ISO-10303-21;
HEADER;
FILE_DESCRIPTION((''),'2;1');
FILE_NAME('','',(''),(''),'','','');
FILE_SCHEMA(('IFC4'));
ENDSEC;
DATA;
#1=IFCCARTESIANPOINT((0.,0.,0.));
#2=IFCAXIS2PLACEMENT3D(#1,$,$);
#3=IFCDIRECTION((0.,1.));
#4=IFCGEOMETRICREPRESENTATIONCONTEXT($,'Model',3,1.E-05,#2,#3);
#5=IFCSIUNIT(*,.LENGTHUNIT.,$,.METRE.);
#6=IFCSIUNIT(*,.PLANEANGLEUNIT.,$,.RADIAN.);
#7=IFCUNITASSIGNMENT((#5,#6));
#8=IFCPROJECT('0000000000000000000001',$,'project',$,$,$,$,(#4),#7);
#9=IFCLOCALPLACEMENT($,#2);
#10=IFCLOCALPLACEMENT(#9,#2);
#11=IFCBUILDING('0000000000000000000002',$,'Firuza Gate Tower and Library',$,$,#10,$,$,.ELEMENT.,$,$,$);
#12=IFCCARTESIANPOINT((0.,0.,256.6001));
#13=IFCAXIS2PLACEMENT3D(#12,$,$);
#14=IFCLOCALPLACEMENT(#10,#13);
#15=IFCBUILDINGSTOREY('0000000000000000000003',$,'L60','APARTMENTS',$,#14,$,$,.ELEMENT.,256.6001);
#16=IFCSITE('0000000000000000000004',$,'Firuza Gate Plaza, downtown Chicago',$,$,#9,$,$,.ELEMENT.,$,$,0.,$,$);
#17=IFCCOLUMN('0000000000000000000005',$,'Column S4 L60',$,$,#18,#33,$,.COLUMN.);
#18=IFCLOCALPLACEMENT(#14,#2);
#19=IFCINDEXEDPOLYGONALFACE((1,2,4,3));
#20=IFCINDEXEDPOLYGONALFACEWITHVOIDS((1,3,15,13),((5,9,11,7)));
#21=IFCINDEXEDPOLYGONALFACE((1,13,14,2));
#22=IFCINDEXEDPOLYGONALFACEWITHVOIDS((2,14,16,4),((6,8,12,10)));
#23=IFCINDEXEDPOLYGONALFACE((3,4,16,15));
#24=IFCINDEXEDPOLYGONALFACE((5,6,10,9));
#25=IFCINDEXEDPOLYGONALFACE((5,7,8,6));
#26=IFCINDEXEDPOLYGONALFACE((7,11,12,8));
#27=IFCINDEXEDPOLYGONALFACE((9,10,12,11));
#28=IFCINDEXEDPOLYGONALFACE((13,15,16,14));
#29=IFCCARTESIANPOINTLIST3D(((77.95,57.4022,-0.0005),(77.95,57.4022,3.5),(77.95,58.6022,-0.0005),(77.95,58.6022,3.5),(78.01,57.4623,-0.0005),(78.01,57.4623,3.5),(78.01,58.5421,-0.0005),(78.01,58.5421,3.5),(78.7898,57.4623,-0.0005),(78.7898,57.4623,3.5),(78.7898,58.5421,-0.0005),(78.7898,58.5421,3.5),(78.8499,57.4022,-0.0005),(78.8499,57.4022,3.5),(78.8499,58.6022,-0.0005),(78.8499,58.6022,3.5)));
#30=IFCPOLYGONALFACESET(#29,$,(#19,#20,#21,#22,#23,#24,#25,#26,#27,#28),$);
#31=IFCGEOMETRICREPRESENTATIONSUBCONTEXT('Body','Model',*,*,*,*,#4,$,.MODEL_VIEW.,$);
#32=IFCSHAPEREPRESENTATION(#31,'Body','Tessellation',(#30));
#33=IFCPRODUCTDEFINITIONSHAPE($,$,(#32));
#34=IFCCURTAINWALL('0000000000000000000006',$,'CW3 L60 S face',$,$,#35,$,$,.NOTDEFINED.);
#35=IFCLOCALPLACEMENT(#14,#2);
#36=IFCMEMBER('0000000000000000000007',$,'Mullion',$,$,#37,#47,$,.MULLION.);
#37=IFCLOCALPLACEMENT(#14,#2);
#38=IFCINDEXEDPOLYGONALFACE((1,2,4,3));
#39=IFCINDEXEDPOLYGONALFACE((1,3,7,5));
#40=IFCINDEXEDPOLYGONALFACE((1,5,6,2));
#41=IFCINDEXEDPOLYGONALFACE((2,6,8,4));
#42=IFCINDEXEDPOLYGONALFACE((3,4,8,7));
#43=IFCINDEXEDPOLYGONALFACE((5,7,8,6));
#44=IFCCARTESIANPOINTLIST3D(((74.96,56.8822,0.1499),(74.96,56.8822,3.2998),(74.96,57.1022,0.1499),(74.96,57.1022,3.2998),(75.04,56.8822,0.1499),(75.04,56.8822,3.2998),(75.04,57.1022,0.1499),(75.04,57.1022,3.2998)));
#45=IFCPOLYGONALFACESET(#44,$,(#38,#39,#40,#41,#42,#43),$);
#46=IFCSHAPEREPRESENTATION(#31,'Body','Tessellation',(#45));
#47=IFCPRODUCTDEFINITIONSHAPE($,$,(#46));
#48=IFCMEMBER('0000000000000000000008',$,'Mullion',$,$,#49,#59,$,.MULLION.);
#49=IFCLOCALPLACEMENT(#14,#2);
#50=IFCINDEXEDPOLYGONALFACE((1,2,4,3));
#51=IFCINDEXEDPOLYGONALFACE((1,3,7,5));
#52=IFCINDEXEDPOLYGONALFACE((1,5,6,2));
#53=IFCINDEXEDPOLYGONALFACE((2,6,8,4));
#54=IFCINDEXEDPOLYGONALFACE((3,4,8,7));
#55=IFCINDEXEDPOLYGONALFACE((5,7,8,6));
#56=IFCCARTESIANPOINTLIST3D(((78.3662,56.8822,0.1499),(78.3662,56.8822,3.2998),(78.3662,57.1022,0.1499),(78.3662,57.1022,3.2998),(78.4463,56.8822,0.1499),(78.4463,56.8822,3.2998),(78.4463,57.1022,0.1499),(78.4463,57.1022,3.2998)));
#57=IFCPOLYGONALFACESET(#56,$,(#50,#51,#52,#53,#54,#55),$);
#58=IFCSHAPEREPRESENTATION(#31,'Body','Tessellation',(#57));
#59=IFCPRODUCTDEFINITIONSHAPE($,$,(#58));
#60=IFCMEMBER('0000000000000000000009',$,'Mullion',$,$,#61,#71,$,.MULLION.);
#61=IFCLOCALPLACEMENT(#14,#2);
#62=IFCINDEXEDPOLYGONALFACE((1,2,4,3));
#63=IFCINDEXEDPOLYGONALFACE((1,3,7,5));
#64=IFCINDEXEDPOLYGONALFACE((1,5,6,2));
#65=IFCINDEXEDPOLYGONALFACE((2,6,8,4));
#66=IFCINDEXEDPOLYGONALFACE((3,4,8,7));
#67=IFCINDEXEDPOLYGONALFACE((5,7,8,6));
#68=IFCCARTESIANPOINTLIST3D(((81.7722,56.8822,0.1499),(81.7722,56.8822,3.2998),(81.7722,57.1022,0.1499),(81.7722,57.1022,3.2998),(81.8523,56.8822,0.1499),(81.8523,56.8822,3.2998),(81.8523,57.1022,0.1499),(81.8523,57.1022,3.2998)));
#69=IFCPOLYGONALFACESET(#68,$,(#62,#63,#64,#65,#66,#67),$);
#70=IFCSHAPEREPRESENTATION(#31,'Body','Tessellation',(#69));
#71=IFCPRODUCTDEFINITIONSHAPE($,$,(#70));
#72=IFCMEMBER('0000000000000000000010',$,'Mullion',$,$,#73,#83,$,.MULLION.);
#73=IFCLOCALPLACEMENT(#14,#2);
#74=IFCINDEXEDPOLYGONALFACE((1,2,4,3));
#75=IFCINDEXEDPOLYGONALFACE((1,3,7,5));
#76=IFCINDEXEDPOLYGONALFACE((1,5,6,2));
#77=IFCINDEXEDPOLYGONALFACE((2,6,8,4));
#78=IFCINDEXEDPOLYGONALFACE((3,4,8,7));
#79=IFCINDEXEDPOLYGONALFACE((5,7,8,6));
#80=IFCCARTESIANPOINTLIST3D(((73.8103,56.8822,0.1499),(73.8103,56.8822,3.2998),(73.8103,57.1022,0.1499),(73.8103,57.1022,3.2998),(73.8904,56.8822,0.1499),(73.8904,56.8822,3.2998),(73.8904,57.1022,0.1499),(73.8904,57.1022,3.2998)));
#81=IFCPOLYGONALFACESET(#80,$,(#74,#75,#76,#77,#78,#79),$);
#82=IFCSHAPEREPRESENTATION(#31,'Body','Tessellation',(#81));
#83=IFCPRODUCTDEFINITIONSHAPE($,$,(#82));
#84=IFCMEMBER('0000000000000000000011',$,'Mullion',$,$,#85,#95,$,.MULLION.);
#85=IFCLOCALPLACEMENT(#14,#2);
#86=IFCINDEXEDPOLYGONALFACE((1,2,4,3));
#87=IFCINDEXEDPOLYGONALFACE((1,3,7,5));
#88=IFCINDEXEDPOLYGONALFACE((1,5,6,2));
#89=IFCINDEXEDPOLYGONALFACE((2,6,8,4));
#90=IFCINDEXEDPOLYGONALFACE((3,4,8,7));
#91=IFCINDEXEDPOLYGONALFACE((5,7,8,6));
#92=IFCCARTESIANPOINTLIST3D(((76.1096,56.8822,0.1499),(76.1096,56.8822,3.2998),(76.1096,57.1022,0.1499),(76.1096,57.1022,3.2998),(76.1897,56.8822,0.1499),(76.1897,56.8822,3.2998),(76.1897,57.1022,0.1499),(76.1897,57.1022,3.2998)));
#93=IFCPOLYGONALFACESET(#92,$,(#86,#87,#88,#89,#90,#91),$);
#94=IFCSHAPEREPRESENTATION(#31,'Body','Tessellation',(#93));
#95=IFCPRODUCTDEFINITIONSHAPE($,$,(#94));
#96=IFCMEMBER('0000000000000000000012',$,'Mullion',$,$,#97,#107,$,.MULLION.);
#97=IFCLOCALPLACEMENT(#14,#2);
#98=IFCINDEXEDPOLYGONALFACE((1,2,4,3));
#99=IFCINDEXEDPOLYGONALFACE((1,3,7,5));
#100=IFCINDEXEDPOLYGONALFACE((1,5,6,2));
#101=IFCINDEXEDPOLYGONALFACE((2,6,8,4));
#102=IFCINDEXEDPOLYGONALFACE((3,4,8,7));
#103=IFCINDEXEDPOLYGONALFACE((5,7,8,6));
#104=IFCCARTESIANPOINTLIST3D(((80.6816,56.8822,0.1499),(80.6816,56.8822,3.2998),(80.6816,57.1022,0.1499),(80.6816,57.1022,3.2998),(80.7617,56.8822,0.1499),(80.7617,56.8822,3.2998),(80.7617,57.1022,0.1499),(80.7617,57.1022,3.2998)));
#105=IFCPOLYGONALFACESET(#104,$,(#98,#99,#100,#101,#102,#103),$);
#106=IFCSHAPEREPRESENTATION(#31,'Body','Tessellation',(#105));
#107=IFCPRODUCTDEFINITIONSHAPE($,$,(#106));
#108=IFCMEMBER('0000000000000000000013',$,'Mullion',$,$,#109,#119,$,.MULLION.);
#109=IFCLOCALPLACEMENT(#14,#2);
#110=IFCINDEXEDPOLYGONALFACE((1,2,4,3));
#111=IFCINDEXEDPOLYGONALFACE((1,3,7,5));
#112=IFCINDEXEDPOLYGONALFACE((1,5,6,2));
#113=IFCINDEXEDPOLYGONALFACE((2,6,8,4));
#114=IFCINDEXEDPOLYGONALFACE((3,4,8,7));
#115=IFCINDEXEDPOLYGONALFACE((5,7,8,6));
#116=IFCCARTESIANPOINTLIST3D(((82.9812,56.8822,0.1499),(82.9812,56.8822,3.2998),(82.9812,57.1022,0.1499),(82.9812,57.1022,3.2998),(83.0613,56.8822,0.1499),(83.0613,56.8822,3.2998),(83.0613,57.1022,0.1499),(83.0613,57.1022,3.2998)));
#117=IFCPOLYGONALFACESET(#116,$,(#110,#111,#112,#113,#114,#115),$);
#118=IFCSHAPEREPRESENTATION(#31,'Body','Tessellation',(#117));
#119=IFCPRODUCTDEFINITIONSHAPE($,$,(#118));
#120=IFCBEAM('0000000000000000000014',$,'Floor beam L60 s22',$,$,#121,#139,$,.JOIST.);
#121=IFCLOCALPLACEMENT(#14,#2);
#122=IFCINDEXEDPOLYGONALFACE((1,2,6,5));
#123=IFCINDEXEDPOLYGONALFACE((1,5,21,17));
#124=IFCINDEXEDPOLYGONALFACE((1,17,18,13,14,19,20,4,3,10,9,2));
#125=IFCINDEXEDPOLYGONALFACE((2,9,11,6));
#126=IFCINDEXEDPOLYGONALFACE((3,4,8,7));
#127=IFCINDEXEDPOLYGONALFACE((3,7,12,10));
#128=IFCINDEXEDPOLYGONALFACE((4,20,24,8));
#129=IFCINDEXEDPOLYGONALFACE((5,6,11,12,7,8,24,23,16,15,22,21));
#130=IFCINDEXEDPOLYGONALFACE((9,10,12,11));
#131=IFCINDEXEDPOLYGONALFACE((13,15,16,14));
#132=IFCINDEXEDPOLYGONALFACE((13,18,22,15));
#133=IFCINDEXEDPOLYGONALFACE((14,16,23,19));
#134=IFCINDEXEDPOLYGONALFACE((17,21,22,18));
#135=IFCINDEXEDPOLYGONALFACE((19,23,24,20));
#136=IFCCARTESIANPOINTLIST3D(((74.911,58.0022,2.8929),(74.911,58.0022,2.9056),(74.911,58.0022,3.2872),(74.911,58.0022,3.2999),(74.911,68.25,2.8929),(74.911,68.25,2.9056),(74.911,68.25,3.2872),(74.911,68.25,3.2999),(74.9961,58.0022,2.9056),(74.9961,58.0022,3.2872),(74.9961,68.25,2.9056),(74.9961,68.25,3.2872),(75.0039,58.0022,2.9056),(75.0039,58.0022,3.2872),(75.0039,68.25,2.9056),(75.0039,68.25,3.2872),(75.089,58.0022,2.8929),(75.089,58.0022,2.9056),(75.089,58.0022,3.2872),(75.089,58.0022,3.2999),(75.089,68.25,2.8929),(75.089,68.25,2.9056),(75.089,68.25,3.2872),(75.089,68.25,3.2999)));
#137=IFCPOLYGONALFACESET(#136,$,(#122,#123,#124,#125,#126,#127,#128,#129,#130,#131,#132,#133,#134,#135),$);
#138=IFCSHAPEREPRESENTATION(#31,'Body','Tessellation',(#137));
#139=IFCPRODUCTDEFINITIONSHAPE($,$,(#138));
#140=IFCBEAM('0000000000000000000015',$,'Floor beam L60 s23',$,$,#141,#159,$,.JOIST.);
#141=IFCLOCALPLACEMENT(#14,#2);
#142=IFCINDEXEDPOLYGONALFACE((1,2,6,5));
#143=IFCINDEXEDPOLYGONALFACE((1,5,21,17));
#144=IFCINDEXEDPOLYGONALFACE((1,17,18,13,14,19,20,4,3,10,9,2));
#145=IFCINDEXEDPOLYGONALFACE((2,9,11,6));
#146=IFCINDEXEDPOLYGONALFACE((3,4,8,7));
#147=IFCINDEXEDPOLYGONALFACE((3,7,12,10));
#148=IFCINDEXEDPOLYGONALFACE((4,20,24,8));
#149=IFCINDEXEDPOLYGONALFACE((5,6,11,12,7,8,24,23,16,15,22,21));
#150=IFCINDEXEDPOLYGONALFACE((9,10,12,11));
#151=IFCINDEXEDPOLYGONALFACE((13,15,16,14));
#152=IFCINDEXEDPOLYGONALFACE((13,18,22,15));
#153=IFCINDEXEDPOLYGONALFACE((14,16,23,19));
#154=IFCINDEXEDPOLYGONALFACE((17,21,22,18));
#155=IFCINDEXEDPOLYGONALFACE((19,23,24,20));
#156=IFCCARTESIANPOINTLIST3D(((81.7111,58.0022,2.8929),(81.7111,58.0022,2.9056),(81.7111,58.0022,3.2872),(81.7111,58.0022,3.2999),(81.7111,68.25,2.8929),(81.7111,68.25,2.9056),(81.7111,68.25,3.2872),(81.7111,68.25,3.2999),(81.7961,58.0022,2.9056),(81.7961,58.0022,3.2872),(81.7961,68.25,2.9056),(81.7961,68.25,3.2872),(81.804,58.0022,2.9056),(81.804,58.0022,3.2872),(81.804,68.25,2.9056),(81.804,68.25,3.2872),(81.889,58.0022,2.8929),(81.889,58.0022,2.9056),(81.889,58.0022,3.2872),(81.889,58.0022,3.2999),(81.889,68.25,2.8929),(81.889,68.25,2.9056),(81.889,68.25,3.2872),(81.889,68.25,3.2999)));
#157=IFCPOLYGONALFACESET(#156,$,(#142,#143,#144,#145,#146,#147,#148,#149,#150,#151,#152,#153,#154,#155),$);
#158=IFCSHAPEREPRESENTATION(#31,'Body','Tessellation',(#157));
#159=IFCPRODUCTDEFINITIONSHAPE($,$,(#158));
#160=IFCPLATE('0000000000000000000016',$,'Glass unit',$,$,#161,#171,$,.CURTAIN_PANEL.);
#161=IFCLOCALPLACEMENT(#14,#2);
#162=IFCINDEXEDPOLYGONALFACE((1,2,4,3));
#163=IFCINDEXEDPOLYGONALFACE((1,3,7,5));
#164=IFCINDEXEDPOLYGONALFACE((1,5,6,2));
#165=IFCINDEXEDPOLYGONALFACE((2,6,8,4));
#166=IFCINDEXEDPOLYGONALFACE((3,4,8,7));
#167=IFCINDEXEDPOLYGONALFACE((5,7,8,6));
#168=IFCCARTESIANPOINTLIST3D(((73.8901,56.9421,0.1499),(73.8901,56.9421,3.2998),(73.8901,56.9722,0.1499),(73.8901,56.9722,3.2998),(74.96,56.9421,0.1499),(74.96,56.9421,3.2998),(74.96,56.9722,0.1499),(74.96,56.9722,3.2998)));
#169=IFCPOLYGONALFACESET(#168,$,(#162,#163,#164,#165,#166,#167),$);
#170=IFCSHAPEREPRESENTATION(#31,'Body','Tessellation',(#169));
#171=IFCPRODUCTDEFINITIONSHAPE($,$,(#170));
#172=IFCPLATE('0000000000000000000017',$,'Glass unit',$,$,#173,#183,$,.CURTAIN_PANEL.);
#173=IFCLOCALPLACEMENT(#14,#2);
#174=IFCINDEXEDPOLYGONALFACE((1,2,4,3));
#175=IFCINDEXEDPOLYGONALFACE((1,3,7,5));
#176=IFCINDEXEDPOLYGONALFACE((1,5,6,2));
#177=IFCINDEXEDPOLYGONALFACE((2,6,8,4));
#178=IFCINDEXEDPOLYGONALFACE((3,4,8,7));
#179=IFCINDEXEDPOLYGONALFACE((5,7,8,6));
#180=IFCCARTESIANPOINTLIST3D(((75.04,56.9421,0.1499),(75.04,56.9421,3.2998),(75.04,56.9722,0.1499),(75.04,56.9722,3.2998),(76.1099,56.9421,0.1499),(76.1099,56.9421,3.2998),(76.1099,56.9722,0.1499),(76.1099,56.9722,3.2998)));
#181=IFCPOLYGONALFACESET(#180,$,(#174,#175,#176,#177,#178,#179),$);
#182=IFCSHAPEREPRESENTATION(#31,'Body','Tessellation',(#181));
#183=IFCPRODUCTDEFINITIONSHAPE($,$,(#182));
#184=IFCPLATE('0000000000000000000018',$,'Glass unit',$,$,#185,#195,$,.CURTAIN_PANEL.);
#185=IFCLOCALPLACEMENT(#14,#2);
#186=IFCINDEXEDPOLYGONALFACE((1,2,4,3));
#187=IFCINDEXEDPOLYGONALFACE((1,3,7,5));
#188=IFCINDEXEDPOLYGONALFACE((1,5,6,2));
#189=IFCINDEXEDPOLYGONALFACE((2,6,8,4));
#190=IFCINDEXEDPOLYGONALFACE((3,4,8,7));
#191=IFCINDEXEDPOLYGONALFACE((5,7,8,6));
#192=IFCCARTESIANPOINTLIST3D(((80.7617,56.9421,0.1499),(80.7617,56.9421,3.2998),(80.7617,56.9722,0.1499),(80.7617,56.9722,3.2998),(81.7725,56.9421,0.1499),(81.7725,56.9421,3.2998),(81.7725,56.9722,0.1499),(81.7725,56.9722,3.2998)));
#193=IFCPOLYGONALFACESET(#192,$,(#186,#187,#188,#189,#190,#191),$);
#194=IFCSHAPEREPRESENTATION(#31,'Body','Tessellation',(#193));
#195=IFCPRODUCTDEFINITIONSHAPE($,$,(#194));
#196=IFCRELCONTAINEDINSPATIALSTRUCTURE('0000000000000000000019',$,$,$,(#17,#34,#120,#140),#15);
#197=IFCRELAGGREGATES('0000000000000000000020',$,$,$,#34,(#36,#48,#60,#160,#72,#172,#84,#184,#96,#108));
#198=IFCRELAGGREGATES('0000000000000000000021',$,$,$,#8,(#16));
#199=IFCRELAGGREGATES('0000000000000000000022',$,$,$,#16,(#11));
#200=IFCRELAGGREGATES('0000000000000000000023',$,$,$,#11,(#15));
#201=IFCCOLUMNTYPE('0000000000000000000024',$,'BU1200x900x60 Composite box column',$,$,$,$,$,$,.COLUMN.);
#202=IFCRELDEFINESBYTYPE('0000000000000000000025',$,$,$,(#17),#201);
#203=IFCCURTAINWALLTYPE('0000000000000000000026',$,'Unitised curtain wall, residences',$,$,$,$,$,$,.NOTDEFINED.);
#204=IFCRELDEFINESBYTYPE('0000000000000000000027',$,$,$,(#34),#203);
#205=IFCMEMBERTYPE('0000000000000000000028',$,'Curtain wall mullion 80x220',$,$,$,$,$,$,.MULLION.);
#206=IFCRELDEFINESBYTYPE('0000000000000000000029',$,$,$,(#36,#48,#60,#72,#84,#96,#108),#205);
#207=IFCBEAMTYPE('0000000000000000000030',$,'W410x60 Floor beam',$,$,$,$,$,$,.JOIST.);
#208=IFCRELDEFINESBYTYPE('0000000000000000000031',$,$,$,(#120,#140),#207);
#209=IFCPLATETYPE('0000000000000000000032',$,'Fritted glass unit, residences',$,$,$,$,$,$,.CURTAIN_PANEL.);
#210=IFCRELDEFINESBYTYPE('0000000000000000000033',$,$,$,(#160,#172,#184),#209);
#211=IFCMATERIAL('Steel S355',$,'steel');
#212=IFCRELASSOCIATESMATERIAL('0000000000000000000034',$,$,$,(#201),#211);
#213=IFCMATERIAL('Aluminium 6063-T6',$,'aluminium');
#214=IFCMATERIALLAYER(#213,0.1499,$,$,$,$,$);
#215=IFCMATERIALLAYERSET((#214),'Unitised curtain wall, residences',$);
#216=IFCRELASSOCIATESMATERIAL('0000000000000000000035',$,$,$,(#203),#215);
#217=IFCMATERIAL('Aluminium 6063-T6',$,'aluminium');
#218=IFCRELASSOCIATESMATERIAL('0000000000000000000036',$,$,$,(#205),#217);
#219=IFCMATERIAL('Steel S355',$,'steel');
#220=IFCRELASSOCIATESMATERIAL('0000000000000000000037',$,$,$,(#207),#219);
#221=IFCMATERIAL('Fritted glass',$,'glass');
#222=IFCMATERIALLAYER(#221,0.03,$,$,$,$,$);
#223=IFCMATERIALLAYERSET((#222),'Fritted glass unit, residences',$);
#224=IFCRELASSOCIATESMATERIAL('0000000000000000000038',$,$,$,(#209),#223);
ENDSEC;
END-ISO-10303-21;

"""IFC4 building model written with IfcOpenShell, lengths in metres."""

from ifc_helpers import new_model, si_unit, direction, frame, origin, origin_2d, place, context, subcontext, project, spatial, polyline, rectangle, hollow_rectangle, i_section, outline, extrude, material, layer, layer_set, material_profile, profile_set, type_object, element, aggregate, save


model = new_model("IFC4")

# Units and contexts
model_context = context("Model", 3, precision=1e-05, world=origin(), true_north=direction((0.0, 1.0)))
body_context = subcontext(model_context, "Body", "Model", "MODEL_VIEW")
ifc_project = project(units=[si_unit("LENGTHUNIT", "METRE"), si_unit("PLANEANGLEUNIT", "RADIAN")], contexts=[model_context])

# Site, building, storey
site_placement = place(None, origin())
site = spatial("IfcSite", under=ifc_project, at=site_placement, Name="Firuza Gate Plaza, downtown Chicago", CompositionType="ELEMENT", RefElevation=0.0)
building_placement = place(site_placement, origin())
building = spatial("IfcBuilding", under=site, at=building_placement, Name="Firuza Gate Tower and Library", CompositionType="ELEMENT")
storey_placement = place(building_placement, frame((0.0, 0.0, 256.6001)))
storey = spatial("IfcBuildingStorey", under=building, at=storey_placement, Name="L60", Description="APARTMENTS", CompositionType="ELEMENT", Elevation=256.6001)

# Column
ifc_material_1 = material(Name="Steel S355", Category="steel")
ifc_material_profile_1 = material_profile(ifc_material_1, hollow_rectangle(XDim=0.8999, YDim=1.2, WallThickness=0.0601, at=origin_2d()))
ifc_profile_set_1 = profile_set([ifc_material_profile_1], Name="Steel S355")
column_type = type_object("IfcColumnType", Name="BU1200x900x60 Composite box column", PredefinedType="COLUMN", material=ifc_profile_set_1)
column_placement = place(storey_placement, frame((78.3999, 58.0022, -0.0005), z_axis=(0.0, 0.0, 1.0), x_axis=(1.0, 0.0, 0.0)))
element("IfcColumn", 1, at=column_placement, inside=storey, type_object=column_type, Name="Column S4 L60", PredefinedType="COLUMN", context=body_context, shape_type="SweptSolid", body=[
    extrude(hollow_rectangle(XDim=0.8999, YDim=1.2, WallThickness=0.0601, at=origin_2d()), origin(), (0.0, 0.0, 1.0), 3.5005),
])

# Curtain wall, members
ifc_material_2 = material(Name="Aluminium 6063-T6", Category="aluminium")
ifc_layer_1 = layer(ifc_material_2, 0.1499)
ifc_layer_set_1 = layer_set([ifc_layer_1], Name="Unitised curtain wall, residences")
curtain_wall_type = type_object("IfcCurtainWallType", Name="Unitised curtain wall, residences", PredefinedType="NOTDEFINED", material=ifc_layer_set_1)
curtain_wall_placement = place(storey_placement, origin())
curtain_wall = element("IfcCurtainWall", 2, at=curtain_wall_placement, inside=storey, type_object=curtain_wall_type, Name="CW3 L60 S face", PredefinedType="NOTDEFINED")
ifc_material_3 = material(Name="Aluminium 6063-T6", Category="aluminium")
ifc_material_profile_2 = material_profile(ifc_material_3, rectangle(XDim=0.22, YDim=0.0801, at=origin_2d()))
ifc_profile_set_2 = profile_set([ifc_material_profile_2], Name="Aluminium 6063-T6")
member_type = type_object("IfcMemberType", Name="Curtain wall mullion 80x220", PredefinedType="MULLION", material=ifc_profile_set_2)
member_1_placement = place(storey_placement, frame((75.0, 56.9922, 0.1499), z_axis=(0.0, 0.0, 1.0), x_axis=(0.0, 1.0, 0.0)))
member_1 = element("IfcMember", 3, at=member_1_placement, type_object=member_type, Name="Mullion", PredefinedType="MULLION", context=body_context, shape_type="SweptSolid", body=[
    extrude(rectangle(XDim=0.22, YDim=0.0801, at=origin_2d()), origin(), (0.0, 0.0, 1.0), 3.1499),
])
member_2_placement = place(storey_placement, frame((78.4062, 56.9922, 0.1499), z_axis=(0.0, 0.0, 1.0), x_axis=(0.0, 1.0, 0.0)))
member_2 = element("IfcMember", 4, at=member_2_placement, type_object=member_type, Name="Mullion", PredefinedType="MULLION", context=body_context, shape_type="SweptSolid", body=[
    extrude(rectangle(XDim=0.22, YDim=0.0801, at=origin_2d()), origin(), (0.0, 0.0, 1.0), 3.1499),
])
member_3_placement = place(storey_placement, frame((81.8123, 56.9922, 0.1499), z_axis=(0.0, 0.0, 1.0), x_axis=(0.0, 1.0, 0.0)))
member_3 = element("IfcMember", 5, at=member_3_placement, type_object=member_type, Name="Mullion", PredefinedType="MULLION", context=body_context, shape_type="SweptSolid", body=[
    extrude(rectangle(XDim=0.22, YDim=0.0801, at=origin_2d()), origin(), (0.0, 0.0, 1.0), 3.1499),
])
member_4_placement = place(storey_placement, frame((73.8503, 56.9922, 0.1499), z_axis=(0.0, 0.0, 1.0), x_axis=(0.0, 1.0, 0.0)))
member_4 = element("IfcMember", 6, at=member_4_placement, type_object=member_type, Name="Mullion", PredefinedType="MULLION", context=body_context, shape_type="SweptSolid", body=[
    extrude(rectangle(XDim=0.22, YDim=0.0801, at=origin_2d()), origin(), (0.0, 0.0, 1.0), 3.1499),
])
member_5_placement = place(storey_placement, frame((76.1497, 56.9922, 0.1499), z_axis=(0.0, 0.0, 1.0), x_axis=(0.0, 1.0, 0.0)))
member_5 = element("IfcMember", 7, at=member_5_placement, type_object=member_type, Name="Mullion", PredefinedType="MULLION", context=body_context, shape_type="SweptSolid", body=[
    extrude(rectangle(XDim=0.22, YDim=0.0801, at=origin_2d()), origin(), (0.0, 0.0, 1.0), 3.1499),
])
member_6_placement = place(storey_placement, frame((80.7217, 56.9922, 0.1499), z_axis=(0.0, 0.0, 1.0), x_axis=(0.0, 1.0, 0.0)))
member_6 = element("IfcMember", 8, at=member_6_placement, type_object=member_type, Name="Mullion", PredefinedType="MULLION", context=body_context, shape_type="SweptSolid", body=[
    extrude(rectangle(XDim=0.22, YDim=0.0801, at=origin_2d()), origin(), (0.0, 0.0, 1.0), 3.1499),
])
member_7_placement = place(storey_placement, frame((83.0212, 56.9922, 0.1499), z_axis=(0.0, 0.0, 1.0), x_axis=(0.0, 1.0, 0.0)))
member_7 = element("IfcMember", 9, at=member_7_placement, type_object=member_type, Name="Mullion", PredefinedType="MULLION", context=body_context, shape_type="SweptSolid", body=[
    extrude(rectangle(XDim=0.22, YDim=0.0801, at=origin_2d()), origin(), (0.0, 0.0, 1.0), 3.1499),
])

# Beams
ifc_material_4 = material(Name="Steel S355", Category="steel")
ifc_material_profile_3 = material_profile(ifc_material_4, i_section(OverallWidth=0.178, OverallDepth=0.407, WebThickness=0.0078, FlangeThickness=0.0127, at=origin_2d()))
ifc_profile_set_3 = profile_set([ifc_material_profile_3], Name="Steel S355")
beam_type = type_object("IfcBeamType", Name="W410x60 Floor beam", PredefinedType="JOIST", material=ifc_profile_set_3)
for number, where, z_axis, x_axis, name in (
    (10, (75.0, 58.0022, 3.0964), (0.0, 1.0, 0.0), (-1.0, 0.0, 0.0), "Floor beam L60 s22"),
    (11, (81.8, 58.0022, 3.0964), (0.0, 1.0, 0.0), (-1.0, 0.0, 0.0), "Floor beam L60 s23"),
):
    element("IfcBeam", number, at=place(storey_placement, frame(where, z_axis=z_axis, x_axis=x_axis)), inside=storey, type_object=beam_type, Name=name, PredefinedType="JOIST", context=body_context, shape_type="SweptSolid", body=[
        extrude(i_section(OverallWidth=0.178, OverallDepth=0.407, WebThickness=0.0078, FlangeThickness=0.0127, at=origin_2d()), origin(), (0.0, 0.0, 1.0), 10.2478),
    ])

# Plates
ifc_material_5 = material(Name="Fritted glass", Category="glass")
ifc_layer_2 = layer(ifc_material_5, 0.03)
ifc_layer_set_2 = layer_set([ifc_layer_2], Name="Fritted glass unit, residences")
plate_type_1 = type_object("IfcPlateType", Name="Fritted glass unit, residences", PredefinedType="CURTAIN_PANEL", material=ifc_layer_set_2)
plate_1_placement = place(storey_placement, frame((73.8901, 56.9421, 0.1499), z_axis=(0.0, -1.0, 0.0), x_axis=(1.0, 0.0, 0.0)))
plate_1 = element("IfcPlate", 12, at=plate_1_placement, type_object=plate_type_1, Name="Glass unit", PredefinedType="CURTAIN_PANEL", context=body_context, shape_type="SweptSolid", body=[
    extrude(outline(polyline([(0.0, 0.0), (1.0698, 0.0), (1.0698, 3.1499), (0.0, 3.1499), (0.0, 0.0)])), origin(), (0.0, 0.0, -1.0), 0.03),
])
plate_2_placement = place(storey_placement, frame((75.04, 56.9421, 0.1499), z_axis=(0.0, -1.0, 0.0), x_axis=(1.0, 0.0, 0.0)))
plate_2 = element("IfcPlate", 13, at=plate_2_placement, type_object=plate_type_1, Name="Glass unit", PredefinedType="CURTAIN_PANEL", context=body_context, shape_type="SweptSolid", body=[
    extrude(outline(polyline([(0.0, 0.0), (1.0698, 0.0), (1.0698, 3.1499), (0.0, 3.1499), (0.0, 0.0)])), origin(), (0.0, 0.0, -1.0), 0.03),
])
plate_3_placement = place(storey_placement, frame((80.7617, 56.9421, 0.1499), z_axis=(0.0, -1.0, 0.0), x_axis=(1.0, 0.0, 0.0)))
plate_3 = element("IfcPlate", 14, at=plate_3_placement, type_object=plate_type_1, Name="Glass unit", PredefinedType="CURTAIN_PANEL", context=body_context, shape_type="SweptSolid", body=[
    extrude(outline(polyline([(0.0, 0.0), (1.0107, 0.0), (1.0107, 3.1499), (0.0, 3.1499), (0.0, 0.0)])), origin(), (0.0, 0.0, -1.0), 0.03),
])
aggregate(curtain_wall, [member_1, member_2, member_3, plate_1, member_4, plate_2, member_5, plate_3, member_6, member_7])

save(model, "model.ifc")
